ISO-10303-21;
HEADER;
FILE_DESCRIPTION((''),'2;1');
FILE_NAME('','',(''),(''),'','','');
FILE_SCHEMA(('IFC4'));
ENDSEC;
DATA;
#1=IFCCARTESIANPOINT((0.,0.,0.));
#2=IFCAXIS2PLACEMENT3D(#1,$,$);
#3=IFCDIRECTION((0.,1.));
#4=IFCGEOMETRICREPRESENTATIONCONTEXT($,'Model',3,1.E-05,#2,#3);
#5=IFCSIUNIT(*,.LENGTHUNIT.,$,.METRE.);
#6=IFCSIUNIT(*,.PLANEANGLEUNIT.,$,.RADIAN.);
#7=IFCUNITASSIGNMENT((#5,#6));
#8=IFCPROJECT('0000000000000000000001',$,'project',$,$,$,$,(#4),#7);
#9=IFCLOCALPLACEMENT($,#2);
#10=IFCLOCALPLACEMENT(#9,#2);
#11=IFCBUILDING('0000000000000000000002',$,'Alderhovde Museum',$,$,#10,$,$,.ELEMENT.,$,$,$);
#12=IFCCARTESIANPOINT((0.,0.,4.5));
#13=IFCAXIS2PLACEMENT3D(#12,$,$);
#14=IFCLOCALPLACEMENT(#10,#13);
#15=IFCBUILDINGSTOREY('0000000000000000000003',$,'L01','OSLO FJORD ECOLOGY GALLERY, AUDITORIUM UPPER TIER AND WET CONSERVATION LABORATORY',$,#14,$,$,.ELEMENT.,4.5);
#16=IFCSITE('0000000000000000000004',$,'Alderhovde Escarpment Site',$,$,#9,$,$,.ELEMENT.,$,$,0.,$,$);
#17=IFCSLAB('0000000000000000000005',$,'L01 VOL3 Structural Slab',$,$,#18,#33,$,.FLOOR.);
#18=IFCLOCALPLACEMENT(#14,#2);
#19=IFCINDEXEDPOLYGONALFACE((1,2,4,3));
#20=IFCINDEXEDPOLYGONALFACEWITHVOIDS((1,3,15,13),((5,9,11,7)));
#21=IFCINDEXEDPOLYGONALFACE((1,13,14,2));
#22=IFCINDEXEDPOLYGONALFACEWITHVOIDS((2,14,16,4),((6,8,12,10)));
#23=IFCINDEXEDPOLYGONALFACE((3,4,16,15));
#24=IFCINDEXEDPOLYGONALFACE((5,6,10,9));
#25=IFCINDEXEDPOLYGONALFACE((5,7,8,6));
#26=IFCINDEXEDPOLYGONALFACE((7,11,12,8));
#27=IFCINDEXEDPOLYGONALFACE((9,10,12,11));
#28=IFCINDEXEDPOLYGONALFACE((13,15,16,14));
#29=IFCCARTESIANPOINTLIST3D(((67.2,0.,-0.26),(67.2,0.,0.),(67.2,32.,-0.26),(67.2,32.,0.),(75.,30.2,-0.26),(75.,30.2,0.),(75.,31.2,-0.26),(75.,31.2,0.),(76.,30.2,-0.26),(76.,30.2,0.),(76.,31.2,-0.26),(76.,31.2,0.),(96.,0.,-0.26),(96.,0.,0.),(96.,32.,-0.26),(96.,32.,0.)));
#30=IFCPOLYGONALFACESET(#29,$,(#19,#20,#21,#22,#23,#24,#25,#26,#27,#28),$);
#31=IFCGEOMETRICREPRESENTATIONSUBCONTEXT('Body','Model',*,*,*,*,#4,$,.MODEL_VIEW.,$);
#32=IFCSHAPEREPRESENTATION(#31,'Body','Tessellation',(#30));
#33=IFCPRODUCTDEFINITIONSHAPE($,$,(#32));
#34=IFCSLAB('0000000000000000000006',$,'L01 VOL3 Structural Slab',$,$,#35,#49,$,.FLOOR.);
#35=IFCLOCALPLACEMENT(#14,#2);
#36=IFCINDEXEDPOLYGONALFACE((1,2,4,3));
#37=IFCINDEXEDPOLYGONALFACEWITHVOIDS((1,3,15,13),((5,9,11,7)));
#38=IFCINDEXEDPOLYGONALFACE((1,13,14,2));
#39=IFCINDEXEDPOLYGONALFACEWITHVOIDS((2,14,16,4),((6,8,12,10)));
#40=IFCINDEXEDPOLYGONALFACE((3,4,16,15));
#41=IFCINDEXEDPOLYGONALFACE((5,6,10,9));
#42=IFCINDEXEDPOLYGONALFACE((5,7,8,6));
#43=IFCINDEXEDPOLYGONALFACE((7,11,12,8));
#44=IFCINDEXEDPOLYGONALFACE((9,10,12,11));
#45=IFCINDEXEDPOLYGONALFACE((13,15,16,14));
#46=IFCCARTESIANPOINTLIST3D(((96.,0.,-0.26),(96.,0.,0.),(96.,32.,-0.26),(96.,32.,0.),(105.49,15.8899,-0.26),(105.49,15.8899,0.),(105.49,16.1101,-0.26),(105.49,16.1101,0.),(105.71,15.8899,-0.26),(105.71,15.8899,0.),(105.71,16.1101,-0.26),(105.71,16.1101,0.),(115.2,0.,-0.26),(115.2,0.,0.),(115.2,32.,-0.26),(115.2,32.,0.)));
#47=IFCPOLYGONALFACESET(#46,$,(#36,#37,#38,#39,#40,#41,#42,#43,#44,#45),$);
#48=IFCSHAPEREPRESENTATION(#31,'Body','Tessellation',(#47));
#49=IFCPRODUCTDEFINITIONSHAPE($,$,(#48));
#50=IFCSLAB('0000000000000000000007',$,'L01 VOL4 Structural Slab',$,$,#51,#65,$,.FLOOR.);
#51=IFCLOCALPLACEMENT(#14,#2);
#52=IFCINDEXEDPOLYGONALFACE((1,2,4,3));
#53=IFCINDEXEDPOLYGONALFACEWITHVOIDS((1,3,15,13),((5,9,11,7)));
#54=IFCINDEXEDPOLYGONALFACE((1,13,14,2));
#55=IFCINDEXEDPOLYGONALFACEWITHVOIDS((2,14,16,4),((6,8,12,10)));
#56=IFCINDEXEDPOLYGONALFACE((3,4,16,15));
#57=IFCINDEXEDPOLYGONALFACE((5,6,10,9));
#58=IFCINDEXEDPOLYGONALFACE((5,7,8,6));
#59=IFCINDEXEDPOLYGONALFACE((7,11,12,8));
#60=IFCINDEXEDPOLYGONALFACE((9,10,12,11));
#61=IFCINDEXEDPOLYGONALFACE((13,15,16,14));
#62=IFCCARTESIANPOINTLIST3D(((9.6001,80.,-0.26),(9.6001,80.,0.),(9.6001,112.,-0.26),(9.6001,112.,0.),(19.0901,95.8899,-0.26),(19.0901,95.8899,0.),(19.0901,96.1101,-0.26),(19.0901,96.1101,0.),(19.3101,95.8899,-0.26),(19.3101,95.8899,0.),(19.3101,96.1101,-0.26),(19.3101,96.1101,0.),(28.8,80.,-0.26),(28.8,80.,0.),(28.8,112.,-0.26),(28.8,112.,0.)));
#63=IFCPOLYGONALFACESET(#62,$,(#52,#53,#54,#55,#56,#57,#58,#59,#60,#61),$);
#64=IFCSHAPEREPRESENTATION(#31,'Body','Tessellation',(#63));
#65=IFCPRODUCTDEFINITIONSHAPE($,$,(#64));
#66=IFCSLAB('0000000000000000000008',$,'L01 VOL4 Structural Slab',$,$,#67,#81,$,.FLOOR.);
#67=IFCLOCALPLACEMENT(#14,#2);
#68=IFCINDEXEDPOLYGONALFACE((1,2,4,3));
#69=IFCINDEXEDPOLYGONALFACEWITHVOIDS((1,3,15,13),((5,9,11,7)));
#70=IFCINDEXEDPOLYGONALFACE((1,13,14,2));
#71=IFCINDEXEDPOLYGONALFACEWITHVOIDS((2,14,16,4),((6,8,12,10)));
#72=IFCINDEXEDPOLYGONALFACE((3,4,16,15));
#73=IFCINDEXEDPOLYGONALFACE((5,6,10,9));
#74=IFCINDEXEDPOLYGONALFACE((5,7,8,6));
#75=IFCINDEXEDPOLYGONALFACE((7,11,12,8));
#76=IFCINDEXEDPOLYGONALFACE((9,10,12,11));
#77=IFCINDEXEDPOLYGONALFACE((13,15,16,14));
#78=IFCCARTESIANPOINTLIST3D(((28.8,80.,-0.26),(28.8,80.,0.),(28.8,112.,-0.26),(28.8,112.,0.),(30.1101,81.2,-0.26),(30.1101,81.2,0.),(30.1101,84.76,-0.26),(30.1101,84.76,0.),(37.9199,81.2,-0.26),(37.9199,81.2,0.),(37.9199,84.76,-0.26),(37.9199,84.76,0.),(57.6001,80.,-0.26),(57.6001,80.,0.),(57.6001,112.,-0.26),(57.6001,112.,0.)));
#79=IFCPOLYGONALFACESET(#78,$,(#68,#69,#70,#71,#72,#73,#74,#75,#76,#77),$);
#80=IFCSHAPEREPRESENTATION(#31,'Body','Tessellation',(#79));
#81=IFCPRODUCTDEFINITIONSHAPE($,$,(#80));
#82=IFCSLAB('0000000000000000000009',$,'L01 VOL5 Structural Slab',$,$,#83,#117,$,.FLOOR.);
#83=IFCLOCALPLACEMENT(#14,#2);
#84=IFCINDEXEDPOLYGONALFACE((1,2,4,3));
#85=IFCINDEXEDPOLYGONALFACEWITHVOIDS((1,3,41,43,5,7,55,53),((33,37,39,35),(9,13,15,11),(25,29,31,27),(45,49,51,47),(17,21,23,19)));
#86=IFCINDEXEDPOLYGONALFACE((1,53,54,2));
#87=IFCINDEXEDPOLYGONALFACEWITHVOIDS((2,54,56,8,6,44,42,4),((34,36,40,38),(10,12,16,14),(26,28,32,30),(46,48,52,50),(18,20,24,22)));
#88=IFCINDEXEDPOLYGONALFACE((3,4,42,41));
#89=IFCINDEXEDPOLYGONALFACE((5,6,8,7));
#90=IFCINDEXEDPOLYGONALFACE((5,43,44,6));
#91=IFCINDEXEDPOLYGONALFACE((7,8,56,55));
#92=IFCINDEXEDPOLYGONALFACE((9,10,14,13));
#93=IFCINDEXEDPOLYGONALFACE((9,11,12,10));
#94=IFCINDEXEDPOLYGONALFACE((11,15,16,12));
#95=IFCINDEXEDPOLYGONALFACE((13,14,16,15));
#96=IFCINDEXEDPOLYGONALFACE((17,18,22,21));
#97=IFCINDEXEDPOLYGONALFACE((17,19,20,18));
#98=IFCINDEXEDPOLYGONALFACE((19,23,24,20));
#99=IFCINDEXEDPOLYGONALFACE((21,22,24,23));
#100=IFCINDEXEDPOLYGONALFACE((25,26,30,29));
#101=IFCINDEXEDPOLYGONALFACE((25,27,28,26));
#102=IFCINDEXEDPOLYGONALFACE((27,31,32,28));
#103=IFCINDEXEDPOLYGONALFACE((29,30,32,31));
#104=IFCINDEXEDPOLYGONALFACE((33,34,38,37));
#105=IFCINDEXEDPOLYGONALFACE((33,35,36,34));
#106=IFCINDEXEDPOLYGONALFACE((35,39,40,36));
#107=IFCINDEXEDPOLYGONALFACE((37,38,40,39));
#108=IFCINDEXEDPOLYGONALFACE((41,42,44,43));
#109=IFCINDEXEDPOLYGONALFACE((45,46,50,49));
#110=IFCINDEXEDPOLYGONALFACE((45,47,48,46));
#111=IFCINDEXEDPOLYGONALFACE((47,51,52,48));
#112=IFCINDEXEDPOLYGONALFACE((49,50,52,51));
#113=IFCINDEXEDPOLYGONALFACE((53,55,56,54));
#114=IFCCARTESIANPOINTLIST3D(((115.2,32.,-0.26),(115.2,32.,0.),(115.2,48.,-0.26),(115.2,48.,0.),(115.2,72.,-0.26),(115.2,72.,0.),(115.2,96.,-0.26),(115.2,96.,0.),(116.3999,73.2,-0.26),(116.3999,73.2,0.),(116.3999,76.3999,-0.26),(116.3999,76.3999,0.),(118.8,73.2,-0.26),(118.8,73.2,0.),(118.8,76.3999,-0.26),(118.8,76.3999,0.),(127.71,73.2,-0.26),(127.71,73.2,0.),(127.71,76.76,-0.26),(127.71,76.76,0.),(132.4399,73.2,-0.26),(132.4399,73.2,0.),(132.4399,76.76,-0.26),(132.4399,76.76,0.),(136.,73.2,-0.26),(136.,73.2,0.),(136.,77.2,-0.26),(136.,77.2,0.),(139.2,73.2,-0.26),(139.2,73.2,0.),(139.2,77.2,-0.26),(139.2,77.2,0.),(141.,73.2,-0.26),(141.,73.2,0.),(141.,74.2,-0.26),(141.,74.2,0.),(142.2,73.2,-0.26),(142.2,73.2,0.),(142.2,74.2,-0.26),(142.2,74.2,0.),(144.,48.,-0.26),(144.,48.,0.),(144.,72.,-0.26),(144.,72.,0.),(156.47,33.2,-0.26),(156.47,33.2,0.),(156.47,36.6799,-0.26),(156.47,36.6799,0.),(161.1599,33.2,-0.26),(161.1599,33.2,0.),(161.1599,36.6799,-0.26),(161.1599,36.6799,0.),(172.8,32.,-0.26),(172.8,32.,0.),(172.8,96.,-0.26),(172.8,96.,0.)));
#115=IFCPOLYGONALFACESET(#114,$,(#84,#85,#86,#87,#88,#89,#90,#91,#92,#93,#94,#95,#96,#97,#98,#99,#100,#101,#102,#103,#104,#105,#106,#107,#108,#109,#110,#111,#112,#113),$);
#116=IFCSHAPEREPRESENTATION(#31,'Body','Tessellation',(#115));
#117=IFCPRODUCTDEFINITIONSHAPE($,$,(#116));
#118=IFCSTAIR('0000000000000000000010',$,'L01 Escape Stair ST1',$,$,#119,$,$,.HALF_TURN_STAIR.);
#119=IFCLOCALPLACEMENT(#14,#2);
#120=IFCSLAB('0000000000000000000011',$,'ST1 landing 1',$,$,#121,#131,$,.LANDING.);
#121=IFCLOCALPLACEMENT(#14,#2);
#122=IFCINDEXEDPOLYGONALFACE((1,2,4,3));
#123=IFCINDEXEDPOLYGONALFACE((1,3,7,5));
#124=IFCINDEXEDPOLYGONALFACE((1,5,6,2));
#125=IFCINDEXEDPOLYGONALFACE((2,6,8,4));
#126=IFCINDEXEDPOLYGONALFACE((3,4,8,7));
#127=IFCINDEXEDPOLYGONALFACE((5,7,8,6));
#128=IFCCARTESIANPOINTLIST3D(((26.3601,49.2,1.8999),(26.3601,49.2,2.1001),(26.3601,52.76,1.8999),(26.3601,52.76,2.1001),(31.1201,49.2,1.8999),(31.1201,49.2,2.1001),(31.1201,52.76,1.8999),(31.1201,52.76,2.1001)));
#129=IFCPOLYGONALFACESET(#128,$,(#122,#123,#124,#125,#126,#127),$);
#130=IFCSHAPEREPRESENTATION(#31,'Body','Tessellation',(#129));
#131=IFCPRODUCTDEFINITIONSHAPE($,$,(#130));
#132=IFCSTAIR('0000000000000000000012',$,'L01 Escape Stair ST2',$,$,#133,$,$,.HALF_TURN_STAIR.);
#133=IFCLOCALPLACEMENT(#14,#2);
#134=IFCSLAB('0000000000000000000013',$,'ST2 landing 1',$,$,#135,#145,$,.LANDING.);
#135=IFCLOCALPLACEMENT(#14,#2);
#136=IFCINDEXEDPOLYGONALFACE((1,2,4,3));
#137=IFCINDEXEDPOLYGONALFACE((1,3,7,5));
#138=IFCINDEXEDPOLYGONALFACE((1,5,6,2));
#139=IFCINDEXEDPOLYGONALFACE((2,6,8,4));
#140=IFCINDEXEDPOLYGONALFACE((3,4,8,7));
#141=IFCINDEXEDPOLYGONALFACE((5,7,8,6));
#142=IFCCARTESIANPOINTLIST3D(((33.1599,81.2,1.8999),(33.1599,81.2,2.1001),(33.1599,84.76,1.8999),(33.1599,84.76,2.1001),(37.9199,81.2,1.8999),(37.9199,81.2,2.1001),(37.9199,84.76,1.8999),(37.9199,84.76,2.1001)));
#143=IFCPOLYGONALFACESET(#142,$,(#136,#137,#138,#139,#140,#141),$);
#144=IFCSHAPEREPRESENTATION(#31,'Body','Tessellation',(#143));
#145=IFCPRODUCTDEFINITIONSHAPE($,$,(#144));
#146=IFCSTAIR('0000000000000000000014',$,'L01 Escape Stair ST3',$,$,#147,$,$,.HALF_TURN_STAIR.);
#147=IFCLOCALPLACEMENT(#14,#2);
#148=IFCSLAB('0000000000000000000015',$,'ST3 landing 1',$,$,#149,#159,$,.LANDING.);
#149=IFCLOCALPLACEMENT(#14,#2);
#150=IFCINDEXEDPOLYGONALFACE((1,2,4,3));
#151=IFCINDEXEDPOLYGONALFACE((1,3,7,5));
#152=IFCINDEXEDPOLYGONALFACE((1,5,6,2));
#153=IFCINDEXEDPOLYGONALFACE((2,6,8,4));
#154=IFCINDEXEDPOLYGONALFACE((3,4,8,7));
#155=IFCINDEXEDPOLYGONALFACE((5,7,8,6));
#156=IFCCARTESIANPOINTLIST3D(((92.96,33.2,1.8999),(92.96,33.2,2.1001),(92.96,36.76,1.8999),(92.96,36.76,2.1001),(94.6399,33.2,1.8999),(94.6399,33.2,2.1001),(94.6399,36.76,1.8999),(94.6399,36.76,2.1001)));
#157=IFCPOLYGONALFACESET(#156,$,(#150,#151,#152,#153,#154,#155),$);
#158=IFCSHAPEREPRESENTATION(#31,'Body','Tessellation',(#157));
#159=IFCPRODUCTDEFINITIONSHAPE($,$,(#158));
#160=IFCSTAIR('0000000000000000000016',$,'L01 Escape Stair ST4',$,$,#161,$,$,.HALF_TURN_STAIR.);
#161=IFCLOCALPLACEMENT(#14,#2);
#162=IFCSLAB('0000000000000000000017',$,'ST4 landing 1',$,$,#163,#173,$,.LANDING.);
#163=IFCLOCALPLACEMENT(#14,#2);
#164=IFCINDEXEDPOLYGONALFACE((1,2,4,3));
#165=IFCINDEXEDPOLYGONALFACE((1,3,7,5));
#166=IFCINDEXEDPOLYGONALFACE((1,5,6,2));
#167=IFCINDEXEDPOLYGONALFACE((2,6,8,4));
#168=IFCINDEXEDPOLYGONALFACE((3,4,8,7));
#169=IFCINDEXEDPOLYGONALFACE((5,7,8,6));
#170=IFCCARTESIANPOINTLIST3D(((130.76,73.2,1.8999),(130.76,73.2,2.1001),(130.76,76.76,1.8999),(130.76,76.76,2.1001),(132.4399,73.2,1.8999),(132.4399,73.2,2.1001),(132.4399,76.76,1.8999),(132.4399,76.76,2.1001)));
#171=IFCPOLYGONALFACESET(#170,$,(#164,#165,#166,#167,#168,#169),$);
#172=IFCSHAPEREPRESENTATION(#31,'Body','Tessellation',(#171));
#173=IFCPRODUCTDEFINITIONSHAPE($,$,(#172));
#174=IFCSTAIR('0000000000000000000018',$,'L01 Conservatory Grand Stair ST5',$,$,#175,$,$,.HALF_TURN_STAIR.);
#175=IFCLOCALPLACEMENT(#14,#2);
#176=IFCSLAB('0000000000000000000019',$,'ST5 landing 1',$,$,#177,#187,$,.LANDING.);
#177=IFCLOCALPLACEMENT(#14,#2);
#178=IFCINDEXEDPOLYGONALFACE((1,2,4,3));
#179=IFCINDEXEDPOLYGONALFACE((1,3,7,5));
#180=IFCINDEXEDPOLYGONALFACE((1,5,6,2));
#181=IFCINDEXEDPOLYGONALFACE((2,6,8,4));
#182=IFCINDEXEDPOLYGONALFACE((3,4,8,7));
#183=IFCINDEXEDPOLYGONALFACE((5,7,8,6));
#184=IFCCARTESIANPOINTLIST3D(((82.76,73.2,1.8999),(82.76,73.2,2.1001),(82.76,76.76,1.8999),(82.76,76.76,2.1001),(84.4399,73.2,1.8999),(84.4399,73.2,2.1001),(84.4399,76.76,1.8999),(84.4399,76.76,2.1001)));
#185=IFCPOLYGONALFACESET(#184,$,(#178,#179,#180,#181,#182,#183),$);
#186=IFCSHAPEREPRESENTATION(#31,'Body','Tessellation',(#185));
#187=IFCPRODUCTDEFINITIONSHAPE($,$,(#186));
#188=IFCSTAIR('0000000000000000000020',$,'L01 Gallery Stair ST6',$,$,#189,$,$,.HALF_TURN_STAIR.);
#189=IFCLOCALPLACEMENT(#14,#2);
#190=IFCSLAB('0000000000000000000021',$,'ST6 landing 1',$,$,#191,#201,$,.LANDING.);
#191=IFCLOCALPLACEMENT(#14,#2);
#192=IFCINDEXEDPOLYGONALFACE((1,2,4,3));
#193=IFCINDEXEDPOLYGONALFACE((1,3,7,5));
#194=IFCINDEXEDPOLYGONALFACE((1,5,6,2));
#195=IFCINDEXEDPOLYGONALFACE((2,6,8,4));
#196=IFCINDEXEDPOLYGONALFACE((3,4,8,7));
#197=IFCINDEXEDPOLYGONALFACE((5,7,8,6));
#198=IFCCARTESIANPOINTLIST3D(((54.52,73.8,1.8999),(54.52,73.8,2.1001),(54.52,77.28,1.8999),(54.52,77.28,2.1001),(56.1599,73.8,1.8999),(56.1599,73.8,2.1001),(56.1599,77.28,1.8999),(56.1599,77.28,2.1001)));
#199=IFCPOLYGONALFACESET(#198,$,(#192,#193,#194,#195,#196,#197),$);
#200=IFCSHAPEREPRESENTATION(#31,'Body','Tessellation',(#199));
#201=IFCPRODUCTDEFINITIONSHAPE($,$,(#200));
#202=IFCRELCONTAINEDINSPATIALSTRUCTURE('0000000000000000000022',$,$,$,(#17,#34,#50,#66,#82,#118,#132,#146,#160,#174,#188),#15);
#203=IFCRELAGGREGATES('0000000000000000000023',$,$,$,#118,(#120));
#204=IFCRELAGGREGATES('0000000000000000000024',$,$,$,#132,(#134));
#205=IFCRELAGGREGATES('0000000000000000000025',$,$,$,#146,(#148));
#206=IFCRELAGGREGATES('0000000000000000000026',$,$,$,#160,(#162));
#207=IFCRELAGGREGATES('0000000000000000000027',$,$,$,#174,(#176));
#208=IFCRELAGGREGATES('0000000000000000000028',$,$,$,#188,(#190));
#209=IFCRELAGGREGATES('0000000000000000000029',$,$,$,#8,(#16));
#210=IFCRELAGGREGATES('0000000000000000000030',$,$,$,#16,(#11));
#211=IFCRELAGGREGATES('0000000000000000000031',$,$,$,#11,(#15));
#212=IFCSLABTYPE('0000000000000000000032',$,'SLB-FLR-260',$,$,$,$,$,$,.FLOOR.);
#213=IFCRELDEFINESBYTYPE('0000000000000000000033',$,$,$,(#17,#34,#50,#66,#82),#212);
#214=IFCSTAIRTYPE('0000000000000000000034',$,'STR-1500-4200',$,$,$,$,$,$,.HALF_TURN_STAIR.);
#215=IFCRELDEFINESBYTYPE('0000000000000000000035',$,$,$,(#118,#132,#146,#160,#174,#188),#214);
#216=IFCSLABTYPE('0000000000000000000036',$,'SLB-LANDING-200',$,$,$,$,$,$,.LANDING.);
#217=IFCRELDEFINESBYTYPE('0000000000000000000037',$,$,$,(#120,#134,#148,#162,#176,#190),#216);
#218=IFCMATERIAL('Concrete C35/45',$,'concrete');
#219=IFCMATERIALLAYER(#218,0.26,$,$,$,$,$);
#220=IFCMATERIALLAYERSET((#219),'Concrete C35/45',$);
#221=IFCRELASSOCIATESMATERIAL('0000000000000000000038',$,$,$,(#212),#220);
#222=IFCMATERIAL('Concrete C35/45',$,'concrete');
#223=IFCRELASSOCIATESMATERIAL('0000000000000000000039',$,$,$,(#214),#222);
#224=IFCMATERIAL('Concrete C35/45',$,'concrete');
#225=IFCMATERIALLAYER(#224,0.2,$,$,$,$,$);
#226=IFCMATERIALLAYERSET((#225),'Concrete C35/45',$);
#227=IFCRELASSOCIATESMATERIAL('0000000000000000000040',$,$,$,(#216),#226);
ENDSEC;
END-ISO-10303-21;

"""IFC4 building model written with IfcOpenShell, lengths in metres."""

from ifc_helpers import new_model, si_unit, direction, frame, origin, place, context, subcontext, project, spatial, polyline, outline, extrude, material, layer, layer_set, type_object, element, aggregate, save


model = new_model("IFC4")

# Units and contexts
model_context = context("Model", 3, precision=1e-05, world=origin(), true_north=direction((0.0, 1.0)))
body_context = subcontext(model_context, "Body", "Model", "MODEL_VIEW")
ifc_project = project(units=[si_unit("LENGTHUNIT", "METRE"), si_unit("PLANEANGLEUNIT", "RADIAN")], contexts=[model_context])

# Site, building, storey
site_placement = place(None, origin())
site = spatial("IfcSite", under=ifc_project, at=site_placement, Name="Alderhovde Escarpment Site", CompositionType="ELEMENT", RefElevation=0.0)
building_placement = place(site_placement, origin())
building = spatial("IfcBuilding", under=site, at=building_placement, Name="Alderhovde Museum", CompositionType="ELEMENT")
storey_placement = place(building_placement, frame((0.0, 0.0, 4.5)))
storey = spatial("IfcBuildingStorey", under=building, at=storey_placement, Name="L01", Description="OSLO FJORD ECOLOGY GALLERY, AUDITORIUM UPPER TIER AND WET CONSERVATION LABORATORY", CompositionType="ELEMENT", Elevation=4.5)

# Slabs
ifc_material_1 = material(Name="Concrete C35/45", Category="concrete")
ifc_layer_1 = layer(ifc_material_1, 0.26)
ifc_layer_set_1 = layer_set([ifc_layer_1], Name="Concrete C35/45")
slab_type_1 = type_object("IfcSlabType", Name="SLB-FLR-260", PredefinedType="FLOOR", material=ifc_layer_set_1)
slab_1_placement = place(storey_placement, frame((0.0, 0.0, -0.26)))
element("IfcSlab", 1, at=slab_1_placement, inside=storey, type_object=slab_type_1, Name="L01 VOL3 Structural Slab", PredefinedType="FLOOR", context=body_context, shape_type="SweptSolid", body=[
    extrude(outline(polyline([(67.2, 0.0), (96.0, 0.0), (96.0, 32.0), (67.2, 32.0), (67.2, 0.0)]), holes=[polyline([(75.0, 30.2), (76.0, 30.2), (76.0, 31.2), (75.0, 31.2), (75.0, 30.2)])]), origin(), (0.0, 0.0, 1.0), 0.26),
])
slab_2_placement = place(storey_placement, frame((0.0, 0.0, -0.26)))
element("IfcSlab", 2, at=slab_2_placement, inside=storey, type_object=slab_type_1, Name="L01 VOL3 Structural Slab", PredefinedType="FLOOR", context=body_context, shape_type="SweptSolid", body=[
    extrude(outline(polyline([(96.0, 0.0), (115.2, 0.0), (115.2, 32.0), (96.0, 32.0), (96.0, 0.0)]), holes=[polyline([(105.49, 15.8899), (105.71, 15.8899), (105.71, 16.1101), (105.49, 16.1101), (105.49, 15.8899)])]), origin(), (0.0, 0.0, 1.0), 0.26),
])
slab_3_placement = place(storey_placement, frame((0.0, 0.0, -0.26)))
element("IfcSlab", 3, at=slab_3_placement, inside=storey, type_object=slab_type_1, Name="L01 VOL4 Structural Slab", PredefinedType="FLOOR", context=body_context, shape_type="SweptSolid", body=[
    extrude(outline(polyline([(9.6001, 80.0), (28.8, 80.0), (28.8, 112.0), (9.6001, 112.0), (9.6001, 80.0)]), holes=[polyline([(19.0901, 95.8899), (19.3101, 95.8899), (19.3101, 96.1101), (19.0901, 96.1101), (19.0901, 95.8899)])]), origin(), (0.0, 0.0, 1.0), 0.26),
])
slab_4_placement = place(storey_placement, frame((0.0, 0.0, -0.26)))
element("IfcSlab", 4, at=slab_4_placement, inside=storey, type_object=slab_type_1, Name="L01 VOL4 Structural Slab", PredefinedType="FLOOR", context=body_context, shape_type="SweptSolid", body=[
    extrude(outline(polyline([(28.8, 80.0), (57.6001, 80.0), (57.6001, 112.0), (28.8, 112.0), (28.8, 80.0)]), holes=[polyline([(30.1101, 81.2), (37.9199, 81.2), (37.9199, 84.76), (30.1101, 84.76), (30.1101, 81.2)])]), origin(), (0.0, 0.0, 1.0), 0.26),
])
slab_5_placement = place(storey_placement, frame((0.0, 0.0, -0.26)))
element("IfcSlab", 5, at=slab_5_placement, inside=storey, type_object=slab_type_1, Name="L01 VOL5 Structural Slab", PredefinedType="FLOOR", context=body_context, shape_type="SweptSolid", body=[
    extrude(outline(polyline([(115.2, 32.0), (172.8, 32.0), (172.8, 96.0), (115.2, 96.0), (115.2, 72.0), (144.0, 72.0), (144.0, 48.0), (115.2, 48.0), (115.2, 32.0)]), holes=[polyline([(127.71, 73.2), (132.4399, 73.2), (132.4399, 76.76), (127.71, 76.76), (127.71, 73.2)]), polyline([(156.47, 33.2), (161.1599, 33.2), (161.1599, 36.6799), (156.47, 36.6799), (156.47, 33.2)]), polyline([(116.3999, 73.2), (118.8, 73.2), (118.8, 76.3999), (116.3999, 76.3999), (116.3999, 73.2)]), polyline([(136.0, 73.2), (139.2, 73.2), (139.2, 77.2), (136.0, 77.2), (136.0, 73.2)]), polyline([(141.0, 73.2), (142.2, 73.2), (142.2, 74.2), (141.0, 74.2), (141.0, 73.2)])]), origin(), (0.0, 0.0, 1.0), 0.26),
])

# Stairs, slabs
ifc_material_2 = material(Name="Concrete C35/45", Category="concrete")
stair_type = type_object("IfcStairType", Name="STR-1500-4200", PredefinedType="HALF_TURN_STAIR", material=ifc_material_2)
stair_1_placement = place(storey_placement, origin())
stair_1 = element("IfcStair", 6, at=stair_1_placement, inside=storey, type_object=stair_type, Name="L01 Escape Stair ST1", PredefinedType="HALF_TURN_STAIR")
ifc_material_3 = material(Name="Concrete C35/45", Category="concrete")
ifc_layer_2 = layer(ifc_material_3, 0.2)
ifc_layer_set_2 = layer_set([ifc_layer_2], Name="Concrete C35/45")
slab_type_2 = type_object("IfcSlabType", Name="SLB-LANDING-200", PredefinedType="LANDING", material=ifc_layer_set_2)
slab_6_placement = place(storey_placement, frame((0.0, 0.0, 1.8999)))
slab_6 = element("IfcSlab", 7, at=slab_6_placement, type_object=slab_type_2, Name="ST1 landing 1", PredefinedType="LANDING", context=body_context, shape_type="SweptSolid", body=[
    extrude(outline(polyline([(26.3601, 49.2), (31.1201, 49.2), (31.1201, 52.76), (26.3601, 52.76), (26.3601, 49.2)])), origin(), (0.0, 0.0, 1.0), 0.2002),
])
aggregate(stair_1, [slab_6])
stair_2_placement = place(storey_placement, origin())
stair_2 = element("IfcStair", 8, at=stair_2_placement, inside=storey, type_object=stair_type, Name="L01 Escape Stair ST2", PredefinedType="HALF_TURN_STAIR")
slab_7_placement = place(storey_placement, frame((0.0, 0.0, 1.8999)))
slab_7 = element("IfcSlab", 9, at=slab_7_placement, type_object=slab_type_2, Name="ST2 landing 1", PredefinedType="LANDING", context=body_context, shape_type="SweptSolid", body=[
    extrude(outline(polyline([(33.1599, 81.2), (37.9199, 81.2), (37.9199, 84.76), (33.1599, 84.76), (33.1599, 81.2)])), origin(), (0.0, 0.0, 1.0), 0.2002),
])
aggregate(stair_2, [slab_7])
stair_3_placement = place(storey_placement, origin())
stair_3 = element("IfcStair", 10, at=stair_3_placement, inside=storey, type_object=stair_type, Name="L01 Escape Stair ST3", PredefinedType="HALF_TURN_STAIR")
slab_8_placement = place(storey_placement, frame((0.0, 0.0, 1.8999)))
slab_8 = element("IfcSlab", 11, at=slab_8_placement, type_object=slab_type_2, Name="ST3 landing 1", PredefinedType="LANDING", context=body_context, shape_type="SweptSolid", body=[
    extrude(outline(polyline([(92.96, 33.2), (94.6399, 33.2), (94.6399, 36.76), (92.96, 36.76), (92.96, 33.2)])), origin(), (0.0, 0.0, 1.0), 0.2002),
])
aggregate(stair_3, [slab_8])
stair_4_placement = place(storey_placement, origin())
stair_4 = element("IfcStair", 12, at=stair_4_placement, inside=storey, type_object=stair_type, Name="L01 Escape Stair ST4", PredefinedType="HALF_TURN_STAIR")
slab_9_placement = place(storey_placement, frame((0.0, 0.0, 1.8999)))
slab_9 = element("IfcSlab", 13, at=slab_9_placement, type_object=slab_type_2, Name="ST4 landing 1", PredefinedType="LANDING", context=body_context, shape_type="SweptSolid", body=[
    extrude(outline(polyline([(130.76, 73.2), (132.4399, 73.2), (132.4399, 76.76), (130.76, 76.76), (130.76, 73.2)])), origin(), (0.0, 0.0, 1.0), 0.2002),
])
aggregate(stair_4, [slab_9])
stair_5_placement = place(storey_placement, origin())
stair_5 = element("IfcStair", 14, at=stair_5_placement, inside=storey, type_object=stair_type, Name="L01 Conservatory Grand Stair ST5", PredefinedType="HALF_TURN_STAIR")
slab_10_placement = place(storey_placement, frame((0.0, 0.0, 1.8999)))
slab_10 = element("IfcSlab", 15, at=slab_10_placement, type_object=slab_type_2, Name="ST5 landing 1", PredefinedType="LANDING", context=body_context, shape_type="SweptSolid", body=[
    extrude(outline(polyline([(82.76, 73.2), (84.4399, 73.2), (84.4399, 76.76), (82.76, 76.76), (82.76, 73.2)])), origin(), (0.0, 0.0, 1.0), 0.2002),
])
aggregate(stair_5, [slab_10])
stair_6_placement = place(storey_placement, origin())
stair_6 = element("IfcStair", 16, at=stair_6_placement, inside=storey, type_object=stair_type, Name="L01 Gallery Stair ST6", PredefinedType="HALF_TURN_STAIR")
slab_11_placement = place(storey_placement, frame((0.0, 0.0, 1.8999)))
slab_11 = element("IfcSlab", 17, at=slab_11_placement, type_object=slab_type_2, Name="ST6 landing 1", PredefinedType="LANDING", context=body_context, shape_type="SweptSolid", body=[
    extrude(outline(polyline([(54.52, 73.8), (56.1599, 73.8), (56.1599, 77.28), (54.52, 77.28), (54.52, 73.8)])), origin(), (0.0, 0.0, 1.0), 0.2002),
])
aggregate(stair_6, [slab_11])

save(model, "model.ifc")
